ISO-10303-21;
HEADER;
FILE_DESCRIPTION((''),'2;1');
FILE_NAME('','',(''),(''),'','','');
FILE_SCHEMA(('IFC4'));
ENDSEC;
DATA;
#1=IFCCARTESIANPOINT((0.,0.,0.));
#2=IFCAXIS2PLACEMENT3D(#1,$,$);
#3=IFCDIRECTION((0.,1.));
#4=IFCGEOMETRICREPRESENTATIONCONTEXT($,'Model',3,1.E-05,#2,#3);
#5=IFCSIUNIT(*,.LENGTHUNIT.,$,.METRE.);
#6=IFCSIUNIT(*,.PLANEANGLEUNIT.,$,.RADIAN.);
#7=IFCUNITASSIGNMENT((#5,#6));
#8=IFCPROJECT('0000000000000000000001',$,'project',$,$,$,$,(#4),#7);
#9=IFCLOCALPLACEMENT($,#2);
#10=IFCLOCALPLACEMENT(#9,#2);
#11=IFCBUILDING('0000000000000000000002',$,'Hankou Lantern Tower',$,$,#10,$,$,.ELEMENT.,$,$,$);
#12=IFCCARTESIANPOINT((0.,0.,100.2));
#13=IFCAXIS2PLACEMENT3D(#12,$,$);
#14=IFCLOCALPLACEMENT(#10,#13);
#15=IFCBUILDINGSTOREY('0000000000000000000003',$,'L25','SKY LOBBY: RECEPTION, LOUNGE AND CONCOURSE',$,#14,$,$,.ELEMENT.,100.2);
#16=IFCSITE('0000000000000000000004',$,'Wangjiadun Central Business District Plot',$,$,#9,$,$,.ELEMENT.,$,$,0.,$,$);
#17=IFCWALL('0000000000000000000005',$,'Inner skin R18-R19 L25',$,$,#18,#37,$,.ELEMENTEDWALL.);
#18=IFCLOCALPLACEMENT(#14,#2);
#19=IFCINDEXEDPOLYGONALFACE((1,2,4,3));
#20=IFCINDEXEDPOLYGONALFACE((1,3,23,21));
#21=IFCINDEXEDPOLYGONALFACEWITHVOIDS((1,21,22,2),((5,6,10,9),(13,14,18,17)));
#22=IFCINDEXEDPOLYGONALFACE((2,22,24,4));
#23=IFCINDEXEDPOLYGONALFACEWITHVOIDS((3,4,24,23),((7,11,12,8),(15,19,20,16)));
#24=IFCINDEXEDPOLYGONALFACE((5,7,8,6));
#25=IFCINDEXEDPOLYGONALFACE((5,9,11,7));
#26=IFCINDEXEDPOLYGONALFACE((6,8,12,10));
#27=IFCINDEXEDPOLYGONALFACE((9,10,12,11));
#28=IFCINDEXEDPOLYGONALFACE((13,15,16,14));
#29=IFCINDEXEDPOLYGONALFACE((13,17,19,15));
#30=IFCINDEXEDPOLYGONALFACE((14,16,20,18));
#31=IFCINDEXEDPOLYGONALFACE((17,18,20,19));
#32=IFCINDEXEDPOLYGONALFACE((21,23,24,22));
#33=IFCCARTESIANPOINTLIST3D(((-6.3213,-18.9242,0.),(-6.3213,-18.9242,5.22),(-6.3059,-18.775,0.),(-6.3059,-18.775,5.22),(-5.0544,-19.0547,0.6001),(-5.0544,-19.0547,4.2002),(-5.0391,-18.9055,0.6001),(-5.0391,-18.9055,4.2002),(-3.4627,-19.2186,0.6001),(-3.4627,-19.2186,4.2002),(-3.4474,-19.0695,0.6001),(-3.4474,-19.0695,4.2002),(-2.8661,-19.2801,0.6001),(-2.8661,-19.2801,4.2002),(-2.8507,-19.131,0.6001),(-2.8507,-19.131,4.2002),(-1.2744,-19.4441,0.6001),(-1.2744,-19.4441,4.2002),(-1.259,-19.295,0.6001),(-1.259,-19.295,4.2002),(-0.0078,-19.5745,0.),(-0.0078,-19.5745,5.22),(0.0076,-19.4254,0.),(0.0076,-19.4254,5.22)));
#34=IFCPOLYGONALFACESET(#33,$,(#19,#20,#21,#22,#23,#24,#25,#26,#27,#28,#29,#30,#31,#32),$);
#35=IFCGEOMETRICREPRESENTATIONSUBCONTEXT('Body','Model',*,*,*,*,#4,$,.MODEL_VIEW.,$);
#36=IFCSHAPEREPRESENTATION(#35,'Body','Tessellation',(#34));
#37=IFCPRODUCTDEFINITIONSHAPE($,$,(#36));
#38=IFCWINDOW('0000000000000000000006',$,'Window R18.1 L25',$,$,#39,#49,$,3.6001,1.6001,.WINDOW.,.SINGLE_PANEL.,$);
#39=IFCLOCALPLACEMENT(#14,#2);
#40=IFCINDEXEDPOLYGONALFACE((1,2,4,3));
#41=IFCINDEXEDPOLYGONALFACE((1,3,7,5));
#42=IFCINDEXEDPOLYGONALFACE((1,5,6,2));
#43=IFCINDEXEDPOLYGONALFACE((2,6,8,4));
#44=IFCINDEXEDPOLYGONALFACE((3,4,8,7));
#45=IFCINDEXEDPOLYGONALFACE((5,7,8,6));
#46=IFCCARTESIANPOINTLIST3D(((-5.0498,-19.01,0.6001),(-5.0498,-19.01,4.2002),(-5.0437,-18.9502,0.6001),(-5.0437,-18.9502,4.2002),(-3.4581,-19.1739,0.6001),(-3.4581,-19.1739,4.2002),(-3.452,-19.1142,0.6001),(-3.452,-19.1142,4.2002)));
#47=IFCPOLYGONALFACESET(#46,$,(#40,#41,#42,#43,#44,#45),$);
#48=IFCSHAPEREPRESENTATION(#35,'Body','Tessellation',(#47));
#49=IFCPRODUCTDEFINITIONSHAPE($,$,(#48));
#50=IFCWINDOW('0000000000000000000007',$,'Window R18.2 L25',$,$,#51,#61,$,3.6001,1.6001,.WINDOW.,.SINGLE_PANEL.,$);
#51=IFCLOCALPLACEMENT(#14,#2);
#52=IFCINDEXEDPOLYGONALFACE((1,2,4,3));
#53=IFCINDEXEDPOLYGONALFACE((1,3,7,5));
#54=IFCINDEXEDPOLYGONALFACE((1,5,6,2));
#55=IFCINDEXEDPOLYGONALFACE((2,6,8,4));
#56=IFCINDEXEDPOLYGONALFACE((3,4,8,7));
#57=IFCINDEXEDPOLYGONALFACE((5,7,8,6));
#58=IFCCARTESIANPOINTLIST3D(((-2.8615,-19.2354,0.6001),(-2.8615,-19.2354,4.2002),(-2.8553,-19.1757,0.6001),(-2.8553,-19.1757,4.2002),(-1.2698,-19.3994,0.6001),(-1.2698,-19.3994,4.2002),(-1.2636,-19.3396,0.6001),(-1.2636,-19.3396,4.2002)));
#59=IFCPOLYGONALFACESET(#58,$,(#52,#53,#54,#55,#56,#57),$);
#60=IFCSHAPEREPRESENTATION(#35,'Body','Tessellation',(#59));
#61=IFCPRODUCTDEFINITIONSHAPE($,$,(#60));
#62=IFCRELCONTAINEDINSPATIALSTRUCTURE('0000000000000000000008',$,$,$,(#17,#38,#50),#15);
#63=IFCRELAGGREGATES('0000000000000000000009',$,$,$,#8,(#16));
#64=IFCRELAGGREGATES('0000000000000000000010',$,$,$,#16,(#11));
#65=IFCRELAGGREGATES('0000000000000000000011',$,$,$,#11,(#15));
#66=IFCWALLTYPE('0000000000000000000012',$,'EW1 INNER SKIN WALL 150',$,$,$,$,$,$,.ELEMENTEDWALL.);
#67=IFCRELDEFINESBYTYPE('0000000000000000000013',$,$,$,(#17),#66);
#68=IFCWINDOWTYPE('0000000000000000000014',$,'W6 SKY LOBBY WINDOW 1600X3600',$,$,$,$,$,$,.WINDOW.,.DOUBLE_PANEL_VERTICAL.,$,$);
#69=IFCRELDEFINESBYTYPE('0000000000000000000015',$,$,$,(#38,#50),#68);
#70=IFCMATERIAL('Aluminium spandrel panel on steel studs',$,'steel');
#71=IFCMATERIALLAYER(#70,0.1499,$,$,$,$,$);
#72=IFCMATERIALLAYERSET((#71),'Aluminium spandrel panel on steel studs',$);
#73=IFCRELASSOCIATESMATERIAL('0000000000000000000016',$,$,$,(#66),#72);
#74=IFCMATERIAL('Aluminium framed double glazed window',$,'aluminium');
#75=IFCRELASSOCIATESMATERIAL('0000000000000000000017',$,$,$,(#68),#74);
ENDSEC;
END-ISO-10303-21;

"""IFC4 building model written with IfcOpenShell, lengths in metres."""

from ifc_helpers import new_model, si_unit, direction, frame, frame_2d, origin, place, context, subcontext, project, spatial, rectangle, extrude, material, layer, layer_set, type_object, element, fill, save


model = new_model("IFC4")

# Units and contexts
model_context = context("Model", 3, precision=1e-05, world=origin(), true_north=direction((0.0, 1.0)))
body_context = subcontext(model_context, "Body", "Model", "MODEL_VIEW")
ifc_project = project(units=[si_unit("LENGTHUNIT", "METRE"), si_unit("PLANEANGLEUNIT", "RADIAN")], contexts=[model_context])

# Site, building, storey
site_placement = place(None, origin())
site = spatial("IfcSite", under=ifc_project, at=site_placement, Name="Wangjiadun Central Business District Plot", CompositionType="ELEMENT", RefElevation=0.0)
building_placement = place(site_placement, origin())
building = spatial("IfcBuilding", under=site, at=building_placement, Name="Hankou Lantern Tower", CompositionType="ELEMENT")
storey_placement = place(building_placement, frame((0.0, 0.0, 100.2)))
storey = spatial("IfcBuildingStorey", under=building, at=storey_placement, Name="L25", Description="SKY LOBBY: RECEPTION, LOUNGE AND CONCOURSE", CompositionType="ELEMENT", Elevation=100.2)

# Wall, openings, windows
ifc_material_1 = material(Name="Aluminium spandrel panel on steel studs", Category="steel")
ifc_layer_1 = layer(ifc_material_1, 0.1499)
ifc_layer_set_1 = layer_set([ifc_layer_1], Name="Aluminium spandrel panel on steel studs")
wall_type = type_object("IfcWallType", Name="EW1 INNER SKIN WALL 150", PredefinedType="ELEMENTEDWALL", material=ifc_layer_set_1)
ifc_material_2 = material(Name="Aluminium framed double glazed window", Category="aluminium")
window_type = type_object("IfcWindowType", Name="W6 SKY LOBBY WINDOW 1600X3600", PartitioningType="DOUBLE_PANEL_VERTICAL", PredefinedType="WINDOW", material=ifc_material_2)
wall_1_placement = place(storey_placement, frame((-6.3135, -18.8496, 0.0), z_axis=(0.0, 0.0, 1.0), x_axis=(0.994736, -0.102474, 0.0)))
wall_1 = element("IfcWall", 1, at=wall_1_placement, inside=storey, type_object=wall_type, Name="Inner skin R18-R19 L25", PredefinedType="ELEMENTEDWALL", context=body_context, shape_type="SweptSolid", body=[
    extrude(rectangle(XDim=6.3469, YDim=0.1499, at=frame_2d((3.1733, 0.0))), origin(), (0.0, 0.0, 1.0), 5.22),
])
opening_1_placement = place(wall_1_placement, frame((1.2734, 0.0, 0.6001)))
opening_1 = element("IfcOpeningElement", 2, at=opening_1_placement, cuts=wall_1, PredefinedType="OPENING", context=body_context, shape_type="SweptSolid", body=[
    extrude(rectangle(XDim=1.6001, YDim=3.6001, at=frame_2d((0.8, 1.8))), frame((0.0, 0.085, 0.0), z_axis=(0.0, -1.0, 0.0), x_axis=(1.0, 0.0, 0.0)), (0.0, 0.0, 1.0), 0.1699),
])
opening_2_placement = place(wall_1_placement, frame((3.4734, 0.0, 0.6001)))
opening_2 = element("IfcOpeningElement", 3, at=opening_2_placement, cuts=wall_1, PredefinedType="OPENING", context=body_context, shape_type="SweptSolid", body=[
    extrude(rectangle(XDim=1.6001, YDim=3.6001, at=frame_2d((0.8, 1.8))), frame((0.0, 0.085, 0.0), z_axis=(0.0, -1.0, 0.0), x_axis=(1.0, 0.0, 0.0)), (0.0, 0.0, 1.0), 0.1699),
])
window_1_placement = place(opening_1_placement, origin())
window_1 = element("IfcWindow", 4, at=window_1_placement, inside=storey, type_object=window_type, Name="Window R18.1 L25", OverallHeight=3.6001, OverallWidth=1.6001, PartitioningType="SINGLE_PANEL", PredefinedType="WINDOW", context=body_context, shape_type="SweptSolid", body=[
    extrude(rectangle(XDim=1.6001, YDim=3.6001, at=frame_2d((0.8, 1.8))), frame((0.0, 0.03, 0.0), z_axis=(0.0, -1.0, 0.0), x_axis=(1.0, 0.0, 0.0)), (0.0, 0.0, 1.0), 0.0601),
])
fill(opening_1, window_1)
window_2_placement = place(opening_2_placement, origin())
window_2 = element("IfcWindow", 5, at=window_2_placement, inside=storey, type_object=window_type, Name="Window R18.2 L25", OverallHeight=3.6001, OverallWidth=1.6001, PartitioningType="SINGLE_PANEL", PredefinedType="WINDOW", context=body_context, shape_type="SweptSolid", body=[
    extrude(rectangle(XDim=1.6001, YDim=3.6001, at=frame_2d((0.8, 1.8))), frame((0.0, 0.03, 0.0), z_axis=(0.0, -1.0, 0.0), x_axis=(1.0, 0.0, 0.0)), (0.0, 0.0, 1.0), 0.0601),
])
fill(opening_2, window_2)

save(model, "model.ifc")
